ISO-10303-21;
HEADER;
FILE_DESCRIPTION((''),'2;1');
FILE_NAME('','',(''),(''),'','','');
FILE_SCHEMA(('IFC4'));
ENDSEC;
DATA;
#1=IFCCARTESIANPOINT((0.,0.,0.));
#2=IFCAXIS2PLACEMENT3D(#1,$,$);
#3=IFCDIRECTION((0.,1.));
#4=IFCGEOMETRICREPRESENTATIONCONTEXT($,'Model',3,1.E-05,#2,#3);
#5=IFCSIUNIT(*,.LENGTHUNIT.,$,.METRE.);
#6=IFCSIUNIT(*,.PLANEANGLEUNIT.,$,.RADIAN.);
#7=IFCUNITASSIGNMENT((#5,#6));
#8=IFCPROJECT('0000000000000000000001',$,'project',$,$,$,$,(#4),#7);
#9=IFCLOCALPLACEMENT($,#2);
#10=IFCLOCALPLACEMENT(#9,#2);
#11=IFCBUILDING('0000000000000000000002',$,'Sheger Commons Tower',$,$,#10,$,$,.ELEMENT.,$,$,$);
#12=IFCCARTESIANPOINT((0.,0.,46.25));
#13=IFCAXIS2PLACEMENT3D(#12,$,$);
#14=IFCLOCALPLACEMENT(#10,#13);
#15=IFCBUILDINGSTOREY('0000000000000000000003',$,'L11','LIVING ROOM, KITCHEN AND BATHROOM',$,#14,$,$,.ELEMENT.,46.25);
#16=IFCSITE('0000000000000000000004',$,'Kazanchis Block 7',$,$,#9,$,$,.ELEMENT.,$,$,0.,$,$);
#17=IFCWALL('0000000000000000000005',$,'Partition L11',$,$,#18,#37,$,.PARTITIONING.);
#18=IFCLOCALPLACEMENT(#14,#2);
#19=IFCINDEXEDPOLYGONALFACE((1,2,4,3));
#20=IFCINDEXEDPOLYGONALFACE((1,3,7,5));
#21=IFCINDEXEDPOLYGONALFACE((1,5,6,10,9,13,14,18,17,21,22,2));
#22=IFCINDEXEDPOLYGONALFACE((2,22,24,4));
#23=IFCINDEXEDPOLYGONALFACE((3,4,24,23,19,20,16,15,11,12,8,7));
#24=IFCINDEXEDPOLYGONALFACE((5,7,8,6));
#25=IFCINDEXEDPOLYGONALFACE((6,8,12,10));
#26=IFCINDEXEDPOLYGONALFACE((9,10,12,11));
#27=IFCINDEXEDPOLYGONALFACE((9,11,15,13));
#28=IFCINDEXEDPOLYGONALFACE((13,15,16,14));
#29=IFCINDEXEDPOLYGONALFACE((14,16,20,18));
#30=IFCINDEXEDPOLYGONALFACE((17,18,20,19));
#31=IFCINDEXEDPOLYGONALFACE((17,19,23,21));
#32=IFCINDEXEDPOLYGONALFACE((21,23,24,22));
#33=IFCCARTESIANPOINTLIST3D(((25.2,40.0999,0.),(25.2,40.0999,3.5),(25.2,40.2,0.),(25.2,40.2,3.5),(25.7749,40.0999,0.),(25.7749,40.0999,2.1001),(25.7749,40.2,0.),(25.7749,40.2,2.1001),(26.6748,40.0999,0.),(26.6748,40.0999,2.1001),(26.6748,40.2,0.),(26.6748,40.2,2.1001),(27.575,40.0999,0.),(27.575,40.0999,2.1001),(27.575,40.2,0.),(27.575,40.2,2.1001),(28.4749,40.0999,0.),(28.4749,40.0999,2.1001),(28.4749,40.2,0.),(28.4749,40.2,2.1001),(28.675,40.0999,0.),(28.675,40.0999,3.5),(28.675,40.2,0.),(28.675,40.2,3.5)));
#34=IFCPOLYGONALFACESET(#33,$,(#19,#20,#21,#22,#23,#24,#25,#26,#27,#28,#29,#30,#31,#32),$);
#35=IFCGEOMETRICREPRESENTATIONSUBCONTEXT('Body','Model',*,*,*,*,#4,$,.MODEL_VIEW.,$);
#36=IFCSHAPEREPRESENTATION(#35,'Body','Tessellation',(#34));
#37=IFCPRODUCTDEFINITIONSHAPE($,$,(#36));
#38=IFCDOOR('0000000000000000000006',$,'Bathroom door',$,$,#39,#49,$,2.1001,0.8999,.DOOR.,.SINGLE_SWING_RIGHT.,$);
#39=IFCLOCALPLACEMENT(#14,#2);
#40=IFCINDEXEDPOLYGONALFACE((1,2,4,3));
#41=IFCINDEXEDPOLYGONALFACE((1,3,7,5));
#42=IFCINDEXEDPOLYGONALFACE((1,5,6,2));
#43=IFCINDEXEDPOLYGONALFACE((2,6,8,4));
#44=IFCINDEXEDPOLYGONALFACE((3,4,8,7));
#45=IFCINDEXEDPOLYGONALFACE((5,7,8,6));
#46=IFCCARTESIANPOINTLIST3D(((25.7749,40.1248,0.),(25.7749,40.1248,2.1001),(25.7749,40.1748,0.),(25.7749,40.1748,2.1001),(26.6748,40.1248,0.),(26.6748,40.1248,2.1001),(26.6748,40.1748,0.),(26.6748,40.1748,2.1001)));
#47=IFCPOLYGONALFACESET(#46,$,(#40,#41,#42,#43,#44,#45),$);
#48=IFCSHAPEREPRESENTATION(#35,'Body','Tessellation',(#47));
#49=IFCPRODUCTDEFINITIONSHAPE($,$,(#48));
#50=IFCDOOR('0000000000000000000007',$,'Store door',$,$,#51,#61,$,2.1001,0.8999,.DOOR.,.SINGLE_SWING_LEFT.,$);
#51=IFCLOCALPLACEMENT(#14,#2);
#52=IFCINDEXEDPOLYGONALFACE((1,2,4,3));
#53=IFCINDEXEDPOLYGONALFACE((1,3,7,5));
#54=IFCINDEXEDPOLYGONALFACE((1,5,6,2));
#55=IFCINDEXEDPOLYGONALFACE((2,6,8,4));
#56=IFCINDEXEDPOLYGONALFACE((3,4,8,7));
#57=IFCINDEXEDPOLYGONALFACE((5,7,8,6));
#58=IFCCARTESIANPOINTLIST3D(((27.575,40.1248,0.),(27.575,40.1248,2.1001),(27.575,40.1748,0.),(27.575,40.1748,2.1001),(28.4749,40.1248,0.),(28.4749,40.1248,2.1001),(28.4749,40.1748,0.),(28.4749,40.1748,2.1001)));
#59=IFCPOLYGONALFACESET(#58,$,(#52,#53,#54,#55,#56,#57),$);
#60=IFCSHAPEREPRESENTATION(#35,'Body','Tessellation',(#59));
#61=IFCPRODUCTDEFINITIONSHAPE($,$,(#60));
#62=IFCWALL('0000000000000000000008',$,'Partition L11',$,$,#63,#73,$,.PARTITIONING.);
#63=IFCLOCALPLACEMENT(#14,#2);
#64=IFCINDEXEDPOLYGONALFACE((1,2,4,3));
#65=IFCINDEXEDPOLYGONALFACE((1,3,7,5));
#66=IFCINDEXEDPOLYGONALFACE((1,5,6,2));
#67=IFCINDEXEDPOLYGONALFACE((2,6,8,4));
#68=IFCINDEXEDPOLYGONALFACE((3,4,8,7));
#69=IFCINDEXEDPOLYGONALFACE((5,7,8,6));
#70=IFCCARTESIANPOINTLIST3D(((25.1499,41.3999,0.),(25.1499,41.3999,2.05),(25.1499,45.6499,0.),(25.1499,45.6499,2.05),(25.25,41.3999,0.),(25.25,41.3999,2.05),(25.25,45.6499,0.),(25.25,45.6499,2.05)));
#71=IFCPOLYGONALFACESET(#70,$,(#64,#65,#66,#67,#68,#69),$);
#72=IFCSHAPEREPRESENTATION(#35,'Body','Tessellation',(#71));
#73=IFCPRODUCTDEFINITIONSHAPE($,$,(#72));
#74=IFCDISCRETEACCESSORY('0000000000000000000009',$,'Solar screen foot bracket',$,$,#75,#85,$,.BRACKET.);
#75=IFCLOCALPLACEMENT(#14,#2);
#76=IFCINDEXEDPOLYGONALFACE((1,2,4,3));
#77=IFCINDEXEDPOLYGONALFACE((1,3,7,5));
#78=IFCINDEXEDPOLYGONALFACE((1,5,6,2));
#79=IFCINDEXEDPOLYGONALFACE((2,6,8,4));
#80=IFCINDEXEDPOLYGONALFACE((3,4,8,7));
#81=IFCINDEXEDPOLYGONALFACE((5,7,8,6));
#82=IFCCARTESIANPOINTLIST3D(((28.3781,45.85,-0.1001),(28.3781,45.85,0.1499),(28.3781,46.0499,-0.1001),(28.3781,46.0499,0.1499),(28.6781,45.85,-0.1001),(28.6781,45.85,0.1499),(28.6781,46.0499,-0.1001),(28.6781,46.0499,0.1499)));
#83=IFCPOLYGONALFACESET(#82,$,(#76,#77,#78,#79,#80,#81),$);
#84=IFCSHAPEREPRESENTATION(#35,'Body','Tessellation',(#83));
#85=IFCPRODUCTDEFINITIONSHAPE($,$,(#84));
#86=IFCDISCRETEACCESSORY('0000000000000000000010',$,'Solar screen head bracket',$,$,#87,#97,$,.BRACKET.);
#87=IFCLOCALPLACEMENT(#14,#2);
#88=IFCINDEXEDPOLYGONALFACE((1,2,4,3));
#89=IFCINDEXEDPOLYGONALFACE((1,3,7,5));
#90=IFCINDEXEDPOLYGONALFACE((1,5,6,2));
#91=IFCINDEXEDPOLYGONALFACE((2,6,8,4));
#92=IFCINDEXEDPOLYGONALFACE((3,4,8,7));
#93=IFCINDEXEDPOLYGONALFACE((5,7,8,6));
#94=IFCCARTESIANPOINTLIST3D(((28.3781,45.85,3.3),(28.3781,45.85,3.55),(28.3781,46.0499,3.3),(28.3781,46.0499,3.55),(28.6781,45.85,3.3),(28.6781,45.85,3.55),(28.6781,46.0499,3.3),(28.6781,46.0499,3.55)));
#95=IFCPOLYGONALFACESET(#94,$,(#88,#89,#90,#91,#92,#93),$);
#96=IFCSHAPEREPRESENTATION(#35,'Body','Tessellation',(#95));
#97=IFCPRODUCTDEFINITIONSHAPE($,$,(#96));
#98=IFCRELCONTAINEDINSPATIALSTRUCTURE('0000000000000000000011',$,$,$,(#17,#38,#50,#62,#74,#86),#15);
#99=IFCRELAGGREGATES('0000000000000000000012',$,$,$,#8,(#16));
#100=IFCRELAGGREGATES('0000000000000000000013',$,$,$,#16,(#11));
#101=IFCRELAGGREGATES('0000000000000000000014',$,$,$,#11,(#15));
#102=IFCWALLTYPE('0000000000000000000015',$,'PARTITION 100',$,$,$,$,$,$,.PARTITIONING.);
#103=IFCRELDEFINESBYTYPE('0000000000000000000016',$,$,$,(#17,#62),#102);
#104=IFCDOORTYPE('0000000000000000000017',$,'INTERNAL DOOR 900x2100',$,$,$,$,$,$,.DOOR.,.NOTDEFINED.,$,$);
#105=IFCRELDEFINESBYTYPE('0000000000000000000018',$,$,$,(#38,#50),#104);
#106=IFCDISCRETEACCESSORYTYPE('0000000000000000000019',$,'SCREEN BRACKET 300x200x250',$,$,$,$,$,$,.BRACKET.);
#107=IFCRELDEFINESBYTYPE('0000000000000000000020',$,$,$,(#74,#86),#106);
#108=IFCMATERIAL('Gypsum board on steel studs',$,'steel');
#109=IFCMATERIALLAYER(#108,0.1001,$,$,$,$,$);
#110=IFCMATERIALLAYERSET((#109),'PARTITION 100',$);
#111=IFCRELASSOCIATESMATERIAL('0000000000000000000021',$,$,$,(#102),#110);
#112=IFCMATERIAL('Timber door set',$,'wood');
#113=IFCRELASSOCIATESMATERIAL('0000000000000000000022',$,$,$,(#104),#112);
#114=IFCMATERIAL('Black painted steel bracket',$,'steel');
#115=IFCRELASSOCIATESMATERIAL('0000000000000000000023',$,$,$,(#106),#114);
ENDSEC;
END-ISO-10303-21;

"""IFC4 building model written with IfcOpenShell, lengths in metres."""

from ifc_helpers import new_model, si_unit, direction, frame, frame_2d, origin, origin_2d, place, context, subcontext, project, spatial, rectangle, extrude, material, layer, layer_set, type_object, element, fill, save


model = new_model("IFC4")

# Units and contexts
model_context = context("Model", 3, precision=1e-05, world=origin(), true_north=direction((0.0, 1.0)))
body_context = subcontext(model_context, "Body", "Model", "MODEL_VIEW")
ifc_project = project(units=[si_unit("LENGTHUNIT", "METRE"), si_unit("PLANEANGLEUNIT", "RADIAN")], contexts=[model_context])

# Site, building, storey
site_placement = place(None, origin())
site = spatial("IfcSite", under=ifc_project, at=site_placement, Name="Kazanchis Block 7", CompositionType="ELEMENT", RefElevation=0.0)
building_placement = place(site_placement, origin())
building = spatial("IfcBuilding", under=site, at=building_placement, Name="Sheger Commons Tower", CompositionType="ELEMENT")
storey_placement = place(building_placement, frame((0.0, 0.0, 46.25)))
storey = spatial("IfcBuildingStorey", under=building, at=storey_placement, Name="L11", Description="LIVING ROOM, KITCHEN AND BATHROOM", CompositionType="ELEMENT", Elevation=46.25)

# Shared definitions
ifc_material_1 = material(Name="Gypsum board on steel studs", Category="steel")
ifc_layer_1 = layer(ifc_material_1, 0.1001)
ifc_layer_set_1 = layer_set([ifc_layer_1], Name="PARTITION 100")
wall_type_1 = type_object("IfcWallType", Name="PARTITION 100", PredefinedType="PARTITIONING", material=ifc_layer_set_1)
ifc_material_2 = material(Name="Timber door set", Category="wood")
door_type = type_object("IfcDoorType", Name="INTERNAL DOOR 900x2100", OperationType="NOTDEFINED", PredefinedType="DOOR", material=ifc_material_2)

# Wall, openings, doors
wall_1_placement = place(storey_placement, frame((25.2, 40.1499, 0.0), z_axis=(0.0, 0.0, 1.0), x_axis=(1.0, 0.0, 0.0)))
wall_1 = element("IfcWall", 1, at=wall_1_placement, inside=storey, type_object=wall_type_1, Name="Partition L11", PredefinedType="PARTITIONING", context=body_context, shape_type="SweptSolid", body=[
    extrude(rectangle(XDim=3.4751, YDim=0.1001, at=frame_2d((1.7375, 0.0))), origin(), (0.0, 0.0, 1.0), 3.5),
])
opening_1_placement = place(wall_1_placement, frame((0.575, 0.0, 0.0)))
opening_1 = element("IfcOpeningElement", 2, at=opening_1_placement, cuts=wall_1, PredefinedType="OPENING", context=body_context, shape_type="SweptSolid", body=[
    extrude(rectangle(XDim=0.8999, YDim=2.1001, at=frame_2d((0.45, 1.05))), frame((0.0, 0.0601, 0.0), z_axis=(0.0, -1.0, 0.0), x_axis=(1.0, 0.0, 0.0)), (0.0, 0.0, 1.0), 0.1201),
])
opening_2_placement = place(wall_1_placement, frame((2.375, 0.0, 0.0)))
opening_2 = element("IfcOpeningElement", 3, at=opening_2_placement, cuts=wall_1, PredefinedType="OPENING", context=body_context, shape_type="SweptSolid", body=[
    extrude(rectangle(XDim=0.8999, YDim=2.1001, at=frame_2d((0.45, 1.05))), frame((0.0, 0.0601, 0.0), z_axis=(0.0, -1.0, 0.0), x_axis=(1.0, 0.0, 0.0)), (0.0, 0.0, 1.0), 0.1201),
])
door_1_placement = place(opening_1_placement, origin())
door_1 = element("IfcDoor", 4, at=door_1_placement, inside=storey, type_object=door_type, Name="Bathroom door", OperationType="SINGLE_SWING_RIGHT", OverallHeight=2.1001, OverallWidth=0.8999, PredefinedType="DOOR", context=body_context, shape_type="SweptSolid", body=[
    extrude(rectangle(XDim=0.8999, YDim=2.1001, at=frame_2d((0.45, 1.05))), frame((0.0, 0.0249, 0.0), z_axis=(0.0, -1.0, 0.0), x_axis=(1.0, 0.0, 0.0)), (0.0, 0.0, 1.0), 0.05),
])
fill(opening_1, door_1)
door_2_placement = place(opening_2_placement, origin())
door_2 = element("IfcDoor", 5, at=door_2_placement, inside=storey, type_object=door_type, Name="Store door", OperationType="SINGLE_SWING_LEFT", OverallHeight=2.1001, OverallWidth=0.8999, PredefinedType="DOOR", context=body_context, shape_type="SweptSolid", body=[
    extrude(rectangle(XDim=0.8999, YDim=2.1001, at=frame_2d((0.45, 1.05))), frame((0.0, 0.0249, 0.0), z_axis=(0.0, -1.0, 0.0), x_axis=(1.0, 0.0, 0.0)), (0.0, 0.0, 1.0), 0.05),
])
fill(opening_2, door_2)

# Wall
wall_2_placement = place(storey_placement, frame((25.2, 41.3999, 0.0), z_axis=(0.0, 0.0, 1.0), x_axis=(0.0, 1.0, 0.0)))
element("IfcWall", 6, at=wall_2_placement, inside=storey, type_object=wall_type_1, Name="Partition L11", PredefinedType="PARTITIONING", context=body_context, shape_type="SweptSolid", body=[
    extrude(rectangle(XDim=4.25, YDim=0.1001, at=frame_2d((2.125, 0.0))), origin(), (0.0, 0.0, 1.0), 2.05),
])

# Discrete accessories
ifc_material_3 = material(Name="Black painted steel bracket", Category="steel")
discrete_accessory_type = type_object("IfcDiscreteAccessoryType", Name="SCREEN BRACKET 300x200x250", PredefinedType="BRACKET", material=ifc_material_3)
for number, where, z_axis, x_axis, name in (
    (7, (28.5281, 45.95, -0.1001), (0.0, 0.0, 1.0), (-1.0, 0.0, 0.0), "Solar screen foot bracket"),
    (8, (28.5281, 45.95, 3.3), (0.0, 0.0, 1.0), (-1.0, 0.0, 0.0), "Solar screen head bracket"),
):
    element("IfcDiscreteAccessory", number, at=place(storey_placement, frame(where, z_axis=z_axis, x_axis=x_axis)), inside=storey, type_object=discrete_accessory_type, Name=name, PredefinedType="BRACKET", context=body_context, shape_type="SweptSolid", body=[
        extrude(rectangle(XDim=0.3, YDim=0.2, at=origin_2d()), origin(), (0.0, 0.0, 1.0), 0.25),
    ])

save(model, "model.ifc")
